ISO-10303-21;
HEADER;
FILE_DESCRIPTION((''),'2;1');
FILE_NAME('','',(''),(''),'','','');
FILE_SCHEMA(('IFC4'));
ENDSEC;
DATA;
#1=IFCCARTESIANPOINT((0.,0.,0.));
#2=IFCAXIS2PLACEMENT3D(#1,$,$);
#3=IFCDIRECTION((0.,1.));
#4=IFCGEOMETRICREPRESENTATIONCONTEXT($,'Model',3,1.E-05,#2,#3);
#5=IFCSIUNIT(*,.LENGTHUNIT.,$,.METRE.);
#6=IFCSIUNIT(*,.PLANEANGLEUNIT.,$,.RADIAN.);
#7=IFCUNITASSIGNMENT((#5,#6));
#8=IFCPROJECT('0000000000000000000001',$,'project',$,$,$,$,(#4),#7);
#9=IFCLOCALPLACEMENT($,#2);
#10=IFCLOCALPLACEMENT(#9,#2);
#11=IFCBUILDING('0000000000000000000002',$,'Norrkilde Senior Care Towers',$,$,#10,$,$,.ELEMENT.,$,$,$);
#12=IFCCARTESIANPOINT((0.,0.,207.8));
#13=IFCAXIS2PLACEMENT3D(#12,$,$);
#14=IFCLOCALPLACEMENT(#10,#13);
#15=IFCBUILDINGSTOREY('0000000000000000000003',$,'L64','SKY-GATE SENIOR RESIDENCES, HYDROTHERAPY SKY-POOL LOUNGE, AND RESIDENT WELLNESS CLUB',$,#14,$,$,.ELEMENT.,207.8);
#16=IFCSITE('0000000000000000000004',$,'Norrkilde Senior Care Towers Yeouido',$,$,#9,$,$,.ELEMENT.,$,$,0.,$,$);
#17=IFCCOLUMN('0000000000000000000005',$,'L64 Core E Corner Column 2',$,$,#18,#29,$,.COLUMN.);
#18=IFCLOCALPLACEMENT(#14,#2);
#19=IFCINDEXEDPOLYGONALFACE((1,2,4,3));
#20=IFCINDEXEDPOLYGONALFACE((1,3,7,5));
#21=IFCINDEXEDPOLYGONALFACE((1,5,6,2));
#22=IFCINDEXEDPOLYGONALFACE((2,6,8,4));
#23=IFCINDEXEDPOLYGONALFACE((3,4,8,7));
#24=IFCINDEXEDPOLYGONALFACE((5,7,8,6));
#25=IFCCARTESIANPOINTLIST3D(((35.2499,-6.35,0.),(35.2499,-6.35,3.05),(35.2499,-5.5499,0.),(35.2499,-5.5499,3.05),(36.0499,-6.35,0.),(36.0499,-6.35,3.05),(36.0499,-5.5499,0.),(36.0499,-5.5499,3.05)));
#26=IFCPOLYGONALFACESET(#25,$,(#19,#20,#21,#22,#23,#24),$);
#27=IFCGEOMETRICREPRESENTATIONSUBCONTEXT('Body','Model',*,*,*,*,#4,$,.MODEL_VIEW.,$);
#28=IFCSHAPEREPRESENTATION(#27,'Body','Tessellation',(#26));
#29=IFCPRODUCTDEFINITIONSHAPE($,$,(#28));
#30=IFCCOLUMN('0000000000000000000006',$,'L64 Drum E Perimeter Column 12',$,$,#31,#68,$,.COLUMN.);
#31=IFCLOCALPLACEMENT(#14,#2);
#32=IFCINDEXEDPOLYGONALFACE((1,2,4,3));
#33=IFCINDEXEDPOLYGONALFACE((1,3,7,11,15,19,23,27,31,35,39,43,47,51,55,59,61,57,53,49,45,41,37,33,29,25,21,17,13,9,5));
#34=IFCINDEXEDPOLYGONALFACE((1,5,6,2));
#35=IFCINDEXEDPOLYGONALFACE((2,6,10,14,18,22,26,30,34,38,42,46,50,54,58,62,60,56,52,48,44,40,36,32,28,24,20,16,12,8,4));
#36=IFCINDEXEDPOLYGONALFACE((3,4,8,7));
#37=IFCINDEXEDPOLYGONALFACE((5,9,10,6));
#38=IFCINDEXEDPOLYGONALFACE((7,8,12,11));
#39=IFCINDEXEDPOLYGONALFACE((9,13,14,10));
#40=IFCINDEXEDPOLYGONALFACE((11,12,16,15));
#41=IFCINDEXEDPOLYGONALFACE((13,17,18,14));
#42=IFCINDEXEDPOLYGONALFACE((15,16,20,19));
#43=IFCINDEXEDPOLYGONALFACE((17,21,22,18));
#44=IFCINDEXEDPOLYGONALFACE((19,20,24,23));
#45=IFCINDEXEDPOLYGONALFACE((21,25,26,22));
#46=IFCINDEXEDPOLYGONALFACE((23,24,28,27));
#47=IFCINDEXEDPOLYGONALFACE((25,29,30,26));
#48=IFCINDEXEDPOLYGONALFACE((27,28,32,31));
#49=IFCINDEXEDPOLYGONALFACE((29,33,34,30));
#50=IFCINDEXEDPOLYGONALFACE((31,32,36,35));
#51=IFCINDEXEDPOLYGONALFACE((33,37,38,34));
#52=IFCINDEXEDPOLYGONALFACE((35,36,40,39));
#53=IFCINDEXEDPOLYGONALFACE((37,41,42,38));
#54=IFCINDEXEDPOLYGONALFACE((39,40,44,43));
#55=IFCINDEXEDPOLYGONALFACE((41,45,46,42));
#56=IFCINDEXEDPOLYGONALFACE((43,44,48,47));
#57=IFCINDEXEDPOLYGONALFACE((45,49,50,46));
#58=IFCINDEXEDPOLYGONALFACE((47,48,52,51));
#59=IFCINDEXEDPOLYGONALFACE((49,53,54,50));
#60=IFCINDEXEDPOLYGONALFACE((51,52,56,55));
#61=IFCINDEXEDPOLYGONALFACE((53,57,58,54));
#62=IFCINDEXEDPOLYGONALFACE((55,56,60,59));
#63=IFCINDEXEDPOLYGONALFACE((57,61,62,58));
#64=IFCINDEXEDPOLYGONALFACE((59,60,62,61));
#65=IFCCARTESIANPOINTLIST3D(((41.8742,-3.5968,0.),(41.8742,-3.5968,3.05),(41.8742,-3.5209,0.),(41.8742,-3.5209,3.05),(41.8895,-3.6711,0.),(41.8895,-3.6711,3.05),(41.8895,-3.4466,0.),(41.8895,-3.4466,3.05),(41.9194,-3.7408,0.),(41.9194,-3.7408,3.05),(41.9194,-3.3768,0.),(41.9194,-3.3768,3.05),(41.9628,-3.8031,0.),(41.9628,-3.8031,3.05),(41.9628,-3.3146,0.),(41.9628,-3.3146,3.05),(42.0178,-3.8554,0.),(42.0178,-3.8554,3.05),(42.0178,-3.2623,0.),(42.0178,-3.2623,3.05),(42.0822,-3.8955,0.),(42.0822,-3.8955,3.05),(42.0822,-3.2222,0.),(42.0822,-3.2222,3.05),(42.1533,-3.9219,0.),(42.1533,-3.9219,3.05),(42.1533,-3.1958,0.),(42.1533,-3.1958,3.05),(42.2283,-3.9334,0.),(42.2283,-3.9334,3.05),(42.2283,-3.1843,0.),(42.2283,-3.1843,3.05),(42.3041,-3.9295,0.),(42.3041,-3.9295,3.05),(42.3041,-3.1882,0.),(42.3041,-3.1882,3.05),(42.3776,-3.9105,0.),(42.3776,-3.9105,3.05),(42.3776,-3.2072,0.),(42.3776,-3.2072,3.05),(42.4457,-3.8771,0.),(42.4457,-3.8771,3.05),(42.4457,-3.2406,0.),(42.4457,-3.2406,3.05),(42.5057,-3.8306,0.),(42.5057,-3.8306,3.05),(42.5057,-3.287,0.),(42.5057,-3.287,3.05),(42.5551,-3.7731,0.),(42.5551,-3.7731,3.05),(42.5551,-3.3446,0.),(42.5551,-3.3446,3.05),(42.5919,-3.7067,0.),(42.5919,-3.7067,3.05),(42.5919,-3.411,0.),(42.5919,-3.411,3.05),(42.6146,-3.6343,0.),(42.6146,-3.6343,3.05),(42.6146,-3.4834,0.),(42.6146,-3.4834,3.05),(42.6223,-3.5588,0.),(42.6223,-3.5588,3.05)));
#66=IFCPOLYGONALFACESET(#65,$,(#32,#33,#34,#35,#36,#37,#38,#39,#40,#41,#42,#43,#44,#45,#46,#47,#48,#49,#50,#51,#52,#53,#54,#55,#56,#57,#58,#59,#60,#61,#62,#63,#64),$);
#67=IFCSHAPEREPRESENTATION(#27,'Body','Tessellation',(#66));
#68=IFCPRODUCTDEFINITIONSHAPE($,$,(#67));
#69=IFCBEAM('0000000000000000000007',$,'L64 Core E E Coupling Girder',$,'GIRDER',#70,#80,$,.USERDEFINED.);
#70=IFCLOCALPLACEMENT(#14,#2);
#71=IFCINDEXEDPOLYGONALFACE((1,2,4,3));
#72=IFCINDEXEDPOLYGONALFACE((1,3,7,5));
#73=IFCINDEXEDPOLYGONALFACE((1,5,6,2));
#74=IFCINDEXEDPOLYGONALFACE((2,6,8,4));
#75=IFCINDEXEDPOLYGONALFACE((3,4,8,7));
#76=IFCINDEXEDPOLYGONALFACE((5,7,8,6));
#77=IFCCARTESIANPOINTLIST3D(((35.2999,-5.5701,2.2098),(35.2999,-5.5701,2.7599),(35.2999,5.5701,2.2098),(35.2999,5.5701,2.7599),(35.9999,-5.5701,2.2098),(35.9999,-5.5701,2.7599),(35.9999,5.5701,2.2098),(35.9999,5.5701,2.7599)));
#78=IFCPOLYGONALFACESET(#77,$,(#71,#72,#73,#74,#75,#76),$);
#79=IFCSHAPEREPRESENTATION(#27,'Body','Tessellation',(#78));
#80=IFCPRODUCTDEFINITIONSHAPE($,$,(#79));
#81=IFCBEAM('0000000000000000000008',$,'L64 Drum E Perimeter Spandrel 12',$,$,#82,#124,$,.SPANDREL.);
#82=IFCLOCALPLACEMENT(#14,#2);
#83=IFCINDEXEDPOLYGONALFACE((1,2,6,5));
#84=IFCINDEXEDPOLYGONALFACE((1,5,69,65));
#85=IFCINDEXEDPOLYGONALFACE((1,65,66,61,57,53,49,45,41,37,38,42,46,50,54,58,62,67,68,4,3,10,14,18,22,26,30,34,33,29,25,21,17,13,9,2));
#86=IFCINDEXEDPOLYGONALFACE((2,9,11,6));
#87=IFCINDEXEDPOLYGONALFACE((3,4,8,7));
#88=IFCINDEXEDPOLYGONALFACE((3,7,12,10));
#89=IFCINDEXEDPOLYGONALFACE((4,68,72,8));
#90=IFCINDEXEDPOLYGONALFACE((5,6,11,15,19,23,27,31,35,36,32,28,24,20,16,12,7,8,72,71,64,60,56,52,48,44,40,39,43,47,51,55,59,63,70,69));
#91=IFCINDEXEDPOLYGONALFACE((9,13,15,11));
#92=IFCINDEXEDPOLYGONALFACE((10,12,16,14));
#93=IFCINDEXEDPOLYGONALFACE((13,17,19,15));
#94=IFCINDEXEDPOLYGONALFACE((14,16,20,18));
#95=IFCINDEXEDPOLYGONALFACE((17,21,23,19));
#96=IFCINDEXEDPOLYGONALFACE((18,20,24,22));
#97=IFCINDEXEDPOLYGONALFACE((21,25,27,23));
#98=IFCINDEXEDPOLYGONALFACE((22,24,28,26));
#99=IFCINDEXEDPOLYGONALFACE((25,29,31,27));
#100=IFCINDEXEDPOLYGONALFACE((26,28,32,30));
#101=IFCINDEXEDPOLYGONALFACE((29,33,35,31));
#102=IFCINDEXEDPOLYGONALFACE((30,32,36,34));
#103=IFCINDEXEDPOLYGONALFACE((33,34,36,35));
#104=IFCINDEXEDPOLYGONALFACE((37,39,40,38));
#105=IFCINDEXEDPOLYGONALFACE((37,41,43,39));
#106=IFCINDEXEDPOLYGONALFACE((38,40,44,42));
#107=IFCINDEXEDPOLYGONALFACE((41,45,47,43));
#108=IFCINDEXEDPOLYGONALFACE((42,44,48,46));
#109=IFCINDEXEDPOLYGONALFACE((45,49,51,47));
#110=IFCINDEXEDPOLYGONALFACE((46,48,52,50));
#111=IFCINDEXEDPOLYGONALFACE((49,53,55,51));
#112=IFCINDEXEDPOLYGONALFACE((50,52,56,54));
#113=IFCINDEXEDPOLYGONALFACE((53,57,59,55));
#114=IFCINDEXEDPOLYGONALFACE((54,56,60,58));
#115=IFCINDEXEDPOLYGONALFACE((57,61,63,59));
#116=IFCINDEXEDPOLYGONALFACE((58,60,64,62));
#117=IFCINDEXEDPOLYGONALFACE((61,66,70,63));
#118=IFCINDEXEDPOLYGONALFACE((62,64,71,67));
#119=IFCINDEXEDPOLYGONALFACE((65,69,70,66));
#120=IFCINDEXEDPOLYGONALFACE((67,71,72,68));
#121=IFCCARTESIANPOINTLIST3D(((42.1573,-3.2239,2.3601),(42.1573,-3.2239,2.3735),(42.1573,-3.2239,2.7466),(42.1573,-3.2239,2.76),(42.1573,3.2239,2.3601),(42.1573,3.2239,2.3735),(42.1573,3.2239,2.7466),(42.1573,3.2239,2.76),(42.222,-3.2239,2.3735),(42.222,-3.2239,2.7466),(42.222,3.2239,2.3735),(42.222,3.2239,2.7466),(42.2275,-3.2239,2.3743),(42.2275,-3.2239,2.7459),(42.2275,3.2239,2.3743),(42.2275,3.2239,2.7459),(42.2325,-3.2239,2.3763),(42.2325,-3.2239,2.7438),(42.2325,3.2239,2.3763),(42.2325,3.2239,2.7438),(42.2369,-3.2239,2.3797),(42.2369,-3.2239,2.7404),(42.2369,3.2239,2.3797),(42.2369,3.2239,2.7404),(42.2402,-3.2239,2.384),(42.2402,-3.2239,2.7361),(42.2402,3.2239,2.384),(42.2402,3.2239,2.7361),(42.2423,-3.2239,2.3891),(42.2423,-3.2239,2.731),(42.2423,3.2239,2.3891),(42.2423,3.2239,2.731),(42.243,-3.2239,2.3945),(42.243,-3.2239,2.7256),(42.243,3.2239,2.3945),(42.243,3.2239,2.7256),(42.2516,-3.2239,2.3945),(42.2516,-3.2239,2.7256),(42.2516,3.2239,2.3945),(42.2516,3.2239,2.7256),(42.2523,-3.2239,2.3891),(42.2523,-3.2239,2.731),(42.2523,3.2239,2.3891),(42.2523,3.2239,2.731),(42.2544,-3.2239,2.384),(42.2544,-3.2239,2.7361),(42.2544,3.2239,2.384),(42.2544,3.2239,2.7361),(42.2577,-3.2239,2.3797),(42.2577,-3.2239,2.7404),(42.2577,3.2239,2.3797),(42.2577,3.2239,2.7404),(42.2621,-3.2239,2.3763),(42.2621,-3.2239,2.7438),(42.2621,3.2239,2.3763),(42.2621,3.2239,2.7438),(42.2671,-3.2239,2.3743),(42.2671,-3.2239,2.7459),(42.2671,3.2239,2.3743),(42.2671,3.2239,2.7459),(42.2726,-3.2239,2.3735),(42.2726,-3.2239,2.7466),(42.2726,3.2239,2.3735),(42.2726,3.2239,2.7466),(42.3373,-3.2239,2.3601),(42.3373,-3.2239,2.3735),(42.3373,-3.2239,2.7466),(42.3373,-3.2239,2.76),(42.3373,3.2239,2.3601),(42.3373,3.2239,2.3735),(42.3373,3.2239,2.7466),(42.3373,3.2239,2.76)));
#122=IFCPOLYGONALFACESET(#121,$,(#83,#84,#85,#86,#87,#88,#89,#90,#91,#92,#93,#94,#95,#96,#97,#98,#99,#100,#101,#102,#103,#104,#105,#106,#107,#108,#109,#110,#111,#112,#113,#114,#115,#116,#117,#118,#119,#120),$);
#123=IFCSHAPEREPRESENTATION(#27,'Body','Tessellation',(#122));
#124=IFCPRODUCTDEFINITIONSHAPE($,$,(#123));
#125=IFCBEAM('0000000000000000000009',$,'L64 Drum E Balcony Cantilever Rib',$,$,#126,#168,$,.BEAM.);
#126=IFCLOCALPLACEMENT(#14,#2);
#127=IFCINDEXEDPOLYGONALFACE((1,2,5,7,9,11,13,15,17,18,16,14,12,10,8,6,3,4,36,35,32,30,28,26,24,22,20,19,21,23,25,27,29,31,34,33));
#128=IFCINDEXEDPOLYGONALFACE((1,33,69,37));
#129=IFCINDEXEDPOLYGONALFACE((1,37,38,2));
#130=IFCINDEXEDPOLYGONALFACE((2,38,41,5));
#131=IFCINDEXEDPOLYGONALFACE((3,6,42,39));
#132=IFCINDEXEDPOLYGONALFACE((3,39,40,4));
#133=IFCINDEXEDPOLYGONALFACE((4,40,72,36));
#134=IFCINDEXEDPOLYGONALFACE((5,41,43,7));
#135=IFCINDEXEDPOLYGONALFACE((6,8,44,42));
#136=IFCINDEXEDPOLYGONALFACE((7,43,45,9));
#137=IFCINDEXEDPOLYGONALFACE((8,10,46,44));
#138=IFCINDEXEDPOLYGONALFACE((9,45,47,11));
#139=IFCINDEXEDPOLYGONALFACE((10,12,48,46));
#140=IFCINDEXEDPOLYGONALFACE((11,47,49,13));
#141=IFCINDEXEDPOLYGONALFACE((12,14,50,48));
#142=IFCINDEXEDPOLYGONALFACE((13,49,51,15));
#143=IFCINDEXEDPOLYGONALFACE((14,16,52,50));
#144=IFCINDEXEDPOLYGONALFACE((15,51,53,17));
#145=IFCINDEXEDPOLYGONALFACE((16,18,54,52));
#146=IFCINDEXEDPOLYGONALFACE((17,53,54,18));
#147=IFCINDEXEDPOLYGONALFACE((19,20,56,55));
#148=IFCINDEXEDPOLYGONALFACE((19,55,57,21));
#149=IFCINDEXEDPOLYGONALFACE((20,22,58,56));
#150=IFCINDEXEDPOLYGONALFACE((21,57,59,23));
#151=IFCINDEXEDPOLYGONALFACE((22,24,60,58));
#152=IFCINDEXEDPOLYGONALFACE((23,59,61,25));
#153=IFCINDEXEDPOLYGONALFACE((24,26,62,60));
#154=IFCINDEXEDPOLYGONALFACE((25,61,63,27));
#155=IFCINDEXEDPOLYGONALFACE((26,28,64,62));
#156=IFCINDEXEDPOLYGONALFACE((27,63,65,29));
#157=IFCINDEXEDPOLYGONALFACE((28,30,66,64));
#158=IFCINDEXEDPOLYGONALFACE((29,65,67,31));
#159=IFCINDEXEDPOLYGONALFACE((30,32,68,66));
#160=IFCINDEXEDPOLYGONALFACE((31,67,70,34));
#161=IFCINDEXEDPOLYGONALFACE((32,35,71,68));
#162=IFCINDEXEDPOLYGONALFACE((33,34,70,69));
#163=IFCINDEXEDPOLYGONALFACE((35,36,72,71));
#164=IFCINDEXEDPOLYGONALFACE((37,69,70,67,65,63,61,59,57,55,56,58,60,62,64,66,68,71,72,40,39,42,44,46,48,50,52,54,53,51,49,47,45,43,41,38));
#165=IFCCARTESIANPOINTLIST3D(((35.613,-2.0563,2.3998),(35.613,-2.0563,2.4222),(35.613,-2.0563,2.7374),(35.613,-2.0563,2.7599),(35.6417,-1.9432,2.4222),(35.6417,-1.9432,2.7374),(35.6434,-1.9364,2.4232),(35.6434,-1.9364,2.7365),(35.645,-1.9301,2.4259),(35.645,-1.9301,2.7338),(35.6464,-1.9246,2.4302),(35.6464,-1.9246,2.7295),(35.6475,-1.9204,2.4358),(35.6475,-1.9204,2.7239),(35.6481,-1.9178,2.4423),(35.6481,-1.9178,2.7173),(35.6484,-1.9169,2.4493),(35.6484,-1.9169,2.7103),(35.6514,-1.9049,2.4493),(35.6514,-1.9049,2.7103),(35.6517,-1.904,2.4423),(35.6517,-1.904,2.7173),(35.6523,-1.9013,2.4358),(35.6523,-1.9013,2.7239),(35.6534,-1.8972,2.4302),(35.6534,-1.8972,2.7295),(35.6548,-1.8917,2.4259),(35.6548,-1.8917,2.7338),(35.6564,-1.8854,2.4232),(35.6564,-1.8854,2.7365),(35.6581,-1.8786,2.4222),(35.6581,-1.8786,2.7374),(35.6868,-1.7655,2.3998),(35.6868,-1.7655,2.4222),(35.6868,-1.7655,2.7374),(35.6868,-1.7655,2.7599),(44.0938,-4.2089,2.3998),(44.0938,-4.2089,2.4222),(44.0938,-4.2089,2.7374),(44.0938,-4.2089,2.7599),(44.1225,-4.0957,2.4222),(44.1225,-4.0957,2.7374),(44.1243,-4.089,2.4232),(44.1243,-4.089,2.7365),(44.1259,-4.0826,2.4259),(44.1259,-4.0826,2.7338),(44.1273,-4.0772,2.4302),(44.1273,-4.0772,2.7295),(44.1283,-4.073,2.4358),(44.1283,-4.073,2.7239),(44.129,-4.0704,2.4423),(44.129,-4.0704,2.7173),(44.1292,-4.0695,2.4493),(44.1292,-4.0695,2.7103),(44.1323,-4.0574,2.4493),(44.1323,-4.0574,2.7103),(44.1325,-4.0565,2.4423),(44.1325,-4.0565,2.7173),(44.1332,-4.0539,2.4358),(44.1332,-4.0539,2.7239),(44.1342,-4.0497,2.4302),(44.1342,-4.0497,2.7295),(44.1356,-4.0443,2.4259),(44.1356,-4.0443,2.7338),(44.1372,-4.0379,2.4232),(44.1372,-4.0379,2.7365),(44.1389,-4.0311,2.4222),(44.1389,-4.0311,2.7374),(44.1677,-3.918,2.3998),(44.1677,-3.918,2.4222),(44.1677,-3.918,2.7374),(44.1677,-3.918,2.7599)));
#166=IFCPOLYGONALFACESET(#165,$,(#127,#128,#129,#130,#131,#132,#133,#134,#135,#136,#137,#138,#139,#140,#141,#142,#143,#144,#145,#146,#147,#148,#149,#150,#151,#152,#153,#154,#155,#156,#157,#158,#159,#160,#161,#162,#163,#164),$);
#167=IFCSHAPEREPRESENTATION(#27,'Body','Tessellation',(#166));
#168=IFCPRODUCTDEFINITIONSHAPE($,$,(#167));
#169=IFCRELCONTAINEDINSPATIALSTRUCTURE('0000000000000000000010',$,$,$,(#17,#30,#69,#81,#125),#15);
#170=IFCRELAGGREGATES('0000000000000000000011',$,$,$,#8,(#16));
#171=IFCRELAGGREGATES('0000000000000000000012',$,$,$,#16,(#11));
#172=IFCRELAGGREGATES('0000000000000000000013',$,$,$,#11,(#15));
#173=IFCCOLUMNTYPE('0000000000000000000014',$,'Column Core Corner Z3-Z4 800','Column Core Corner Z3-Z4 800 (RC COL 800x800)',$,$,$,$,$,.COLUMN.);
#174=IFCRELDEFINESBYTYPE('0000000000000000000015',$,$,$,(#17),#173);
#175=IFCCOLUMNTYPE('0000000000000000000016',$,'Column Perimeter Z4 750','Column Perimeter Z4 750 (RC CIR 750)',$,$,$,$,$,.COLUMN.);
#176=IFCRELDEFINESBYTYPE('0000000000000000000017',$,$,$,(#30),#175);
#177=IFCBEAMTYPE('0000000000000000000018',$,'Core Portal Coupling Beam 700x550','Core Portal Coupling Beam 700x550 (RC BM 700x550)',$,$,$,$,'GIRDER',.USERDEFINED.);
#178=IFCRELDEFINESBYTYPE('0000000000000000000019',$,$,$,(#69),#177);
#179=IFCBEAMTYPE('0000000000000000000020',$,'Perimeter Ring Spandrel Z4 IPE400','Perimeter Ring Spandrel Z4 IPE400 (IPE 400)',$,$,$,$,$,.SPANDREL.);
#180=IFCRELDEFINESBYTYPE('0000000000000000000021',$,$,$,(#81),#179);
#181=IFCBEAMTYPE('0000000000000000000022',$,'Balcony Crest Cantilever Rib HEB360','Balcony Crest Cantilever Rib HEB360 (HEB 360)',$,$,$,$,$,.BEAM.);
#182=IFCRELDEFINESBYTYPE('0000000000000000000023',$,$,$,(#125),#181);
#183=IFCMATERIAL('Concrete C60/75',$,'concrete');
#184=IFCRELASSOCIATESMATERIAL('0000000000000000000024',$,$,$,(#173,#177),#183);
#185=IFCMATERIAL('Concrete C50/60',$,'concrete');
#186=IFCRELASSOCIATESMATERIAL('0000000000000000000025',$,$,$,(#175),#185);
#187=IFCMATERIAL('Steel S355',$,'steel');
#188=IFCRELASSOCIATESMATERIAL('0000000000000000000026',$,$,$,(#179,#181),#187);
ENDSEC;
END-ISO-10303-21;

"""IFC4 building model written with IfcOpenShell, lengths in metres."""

from ifc_helpers import new_model, si_unit, direction, frame, origin, origin_2d, place, context, subcontext, project, spatial, rectangle, circle, i_section, extrude, source, transform, mapped, material, material_profile, profile_set, type_object, type_shapes, element, save


model = new_model("IFC4")

# Units and contexts
model_context = context("Model", 3, precision=1e-05, world=origin(), true_north=direction((0.0, 1.0)))
body_context = subcontext(model_context, "Body", "Model", "MODEL_VIEW")
ifc_project = project(units=[si_unit("LENGTHUNIT", "METRE"), si_unit("PLANEANGLEUNIT", "RADIAN")], contexts=[model_context])

# Site, building, storey
site_placement = place(None, origin())
site = spatial("IfcSite", under=ifc_project, at=site_placement, Name="Norrkilde Senior Care Towers Yeouido", CompositionType="ELEMENT", RefElevation=0.0)
building_placement = place(site_placement, origin())
building = spatial("IfcBuilding", under=site, at=building_placement, Name="Norrkilde Senior Care Towers", CompositionType="ELEMENT")
storey_placement = place(building_placement, frame((0.0, 0.0, 207.8)))
storey = spatial("IfcBuildingStorey", under=building, at=storey_placement, Name="L64", Description="SKY-GATE SENIOR RESIDENCES, HYDROTHERAPY SKY-POOL LOUNGE, AND RESIDENT WELLNESS CLUB", CompositionType="ELEMENT", Elevation=207.8)

# Columns
ifc_material_1 = material(Name="Concrete C60/75", Category="concrete")
ifc_material_profile_1 = material_profile(ifc_material_1, rectangle(XDim=0.8, YDim=0.8, at=origin_2d()), Name="RC COL 800x800")
ifc_profile_set_1 = profile_set([ifc_material_profile_1], Name="Concrete C60/75")
column_type_1 = type_object("IfcColumnType", Name="Column Core Corner Z3-Z4 800", Description="Column Core Corner Z3-Z4 800 (RC COL 800x800)", PredefinedType="COLUMN", material=ifc_profile_set_1)
shared_shape_1 = source(origin(), body_context, "Body", "SweptSolid", [
    extrude(rectangle(XDim=0.8, YDim=0.8, at=origin_2d()), origin(), (0.0, 0.0, 1.0), 3.05),
])
type_shapes(column_type_1, [shared_shape_1])
column_1_placement = place(storey_placement, frame((35.6499, -5.95, 0.0), z_axis=(0.0, 0.0, 1.0), x_axis=(1.0, 0.0, 0.0)))
element("IfcColumn", 1, at=column_1_placement, inside=storey, type_object=column_type_1, Name="L64 Core E Corner Column 2", PredefinedType="COLUMN", context=body_context, shape_type="MappedRepresentation", body=[
    mapped(shared_shape_1, transform((0.0, 0.0, 0.0), x_axis=(1.0, 0.0, 0.0), y_axis=(0.0, 1.0, 0.0), z_axis=(0.0, 0.0, 1.0), scale=1.0)),
])
ifc_material_2 = material(Name="Concrete C50/60", Category="concrete")
ifc_material_profile_2 = material_profile(ifc_material_2, circle(Radius=0.375, at=origin_2d()), Name="RC CIR 750")
ifc_profile_set_2 = profile_set([ifc_material_profile_2], Name="Concrete C50/60")
column_type_2 = type_object("IfcColumnType", Name="Column Perimeter Z4 750", Description="Column Perimeter Z4 750 (RC CIR 750)", PredefinedType="COLUMN", material=ifc_profile_set_2)
shared_shape_2 = source(origin(), body_context, "Body", "SweptSolid", [
    extrude(circle(Radius=0.375, at=origin_2d()), origin(), (0.0, 0.0, 1.0), 3.05),
])
type_shapes(column_type_2, [shared_shape_2])
column_2_placement = place(storey_placement, frame((42.2473, -3.5588, 0.0), z_axis=(0.0, 0.0, 1.0), x_axis=(1.0, 0.0, 0.0)))
element("IfcColumn", 2, at=column_2_placement, inside=storey, type_object=column_type_2, Name="L64 Drum E Perimeter Column 12", PredefinedType="COLUMN", context=body_context, shape_type="MappedRepresentation", body=[
    mapped(shared_shape_2, transform((0.0, 0.0, 0.0), x_axis=(1.0, 0.0, 0.0), y_axis=(0.0, 1.0, 0.0), z_axis=(0.0, 0.0, 1.0), scale=1.0)),
])

# Beams
ifc_material_profile_3 = material_profile(ifc_material_1, rectangle(XDim=0.7, YDim=0.55, at=origin_2d()), Name="RC BM 700x550")
ifc_profile_set_3 = profile_set([ifc_material_profile_3], Name="Concrete C60/75")
beam_type_1 = type_object("IfcBeamType", Name="Core Portal Coupling Beam 700x550", Description="Core Portal Coupling Beam 700x550 (RC BM 700x550)", ElementType="GIRDER", PredefinedType="USERDEFINED", material=ifc_profile_set_3)
shared_shape_3 = source(origin(), body_context, "Body", "SweptSolid", [
    extrude(rectangle(XDim=0.7, YDim=0.55, at=origin_2d()), origin(), (0.0, 0.0, 1.0), 11.1401),
])
type_shapes(beam_type_1, [shared_shape_3])
beam_1_placement = place(storey_placement, frame((35.6499, -5.5701, 2.4849), z_axis=(0.0, 1.0, 0.0), x_axis=(-1.0, 0.0, 0.0)))
element("IfcBeam", 3, at=beam_1_placement, inside=storey, type_object=beam_type_1, Name="L64 Core E E Coupling Girder", ObjectType="GIRDER", PredefinedType="USERDEFINED", context=body_context, shape_type="MappedRepresentation", body=[
    mapped(shared_shape_3, transform((0.0, 0.0, 0.0), x_axis=(1.0, 0.0, 0.0), y_axis=(0.0, 1.0, 0.0), z_axis=(0.0, 0.0, 1.0), scale=1.0)),
])
ifc_material_3 = material(Name="Steel S355", Category="steel")
ifc_material_profile_4 = material_profile(ifc_material_3, i_section(OverallWidth=0.1799, OverallDepth=0.3999, WebThickness=0.0085, FlangeThickness=0.0134, FilletRadius=0.021, at=origin_2d()), Name="IPE 400")
ifc_profile_set_4 = profile_set([ifc_material_profile_4], Name="Steel S355")
beam_type_2 = type_object("IfcBeamType", Name="Perimeter Ring Spandrel Z4 IPE400", Description="Perimeter Ring Spandrel Z4 IPE400 (IPE 400)", PredefinedType="SPANDREL", material=ifc_profile_set_4)
shared_shape_4 = source(origin(), body_context, "Body", "SweptSolid", [
    extrude(i_section(OverallWidth=0.1799, OverallDepth=0.3999, WebThickness=0.0085, FlangeThickness=0.0134, FilletRadius=0.021, at=origin_2d()), origin(), (0.0, 0.0, 1.0), 6.4478),
])
type_shapes(beam_type_2, [shared_shape_4])
beam_2_placement = place(storey_placement, frame((42.2473, -3.2239, 2.5601), z_axis=(0.0, 1.0, 0.0), x_axis=(-1.0, 0.0, 0.0)))
element("IfcBeam", 4, at=beam_2_placement, inside=storey, type_object=beam_type_2, Name="L64 Drum E Perimeter Spandrel 12", PredefinedType="SPANDREL", context=body_context, shape_type="MappedRepresentation", body=[
    mapped(shared_shape_4, transform((0.0, 0.0, 0.0), x_axis=(1.0, 0.0, 0.0), y_axis=(0.0, 1.0, 0.0), z_axis=(0.0, 0.0, 1.0), scale=1.0)),
])
ifc_material_profile_5 = material_profile(ifc_material_3, i_section(OverallWidth=0.3, OverallDepth=0.3601, WebThickness=0.0125, FlangeThickness=0.0225, FilletRadius=0.0271, at=origin_2d()), Name="HEB 360")
ifc_profile_set_5 = profile_set([ifc_material_profile_5], Name="Steel S355")
beam_type_3 = type_object("IfcBeamType", Name="Balcony Crest Cantilever Rib HEB360", Description="Balcony Crest Cantilever Rib HEB360 (HEB 360)", PredefinedType="BEAM", material=ifc_profile_set_5)
shared_shape_5 = source(origin(), body_context, "Body", "SweptSolid", [
    extrude(i_section(OverallWidth=0.3, OverallDepth=0.3601, WebThickness=0.0125, FlangeThickness=0.0225, FilletRadius=0.0271, at=origin_2d()), origin(), (0.0, 0.0, 1.0), 8.7498),
])
type_shapes(beam_type_3, [shared_shape_5])
beam_3_placement = place(storey_placement, frame((35.6499, -1.9109, 2.5798), z_axis=(0.969266, -0.246014, 0.0), x_axis=(0.246014, 0.969266, 0.0)))
element("IfcBeam", 5, at=beam_3_placement, inside=storey, type_object=beam_type_3, Name="L64 Drum E Balcony Cantilever Rib", PredefinedType="BEAM", context=body_context, shape_type="MappedRepresentation", body=[
    mapped(shared_shape_5, transform((0.0, 0.0, 0.0), x_axis=(1.0, 0.0, 0.0), y_axis=(0.0, 1.0, 0.0), z_axis=(0.0, 0.0, 1.0), scale=1.0)),
])

save(model, "model.ifc")
